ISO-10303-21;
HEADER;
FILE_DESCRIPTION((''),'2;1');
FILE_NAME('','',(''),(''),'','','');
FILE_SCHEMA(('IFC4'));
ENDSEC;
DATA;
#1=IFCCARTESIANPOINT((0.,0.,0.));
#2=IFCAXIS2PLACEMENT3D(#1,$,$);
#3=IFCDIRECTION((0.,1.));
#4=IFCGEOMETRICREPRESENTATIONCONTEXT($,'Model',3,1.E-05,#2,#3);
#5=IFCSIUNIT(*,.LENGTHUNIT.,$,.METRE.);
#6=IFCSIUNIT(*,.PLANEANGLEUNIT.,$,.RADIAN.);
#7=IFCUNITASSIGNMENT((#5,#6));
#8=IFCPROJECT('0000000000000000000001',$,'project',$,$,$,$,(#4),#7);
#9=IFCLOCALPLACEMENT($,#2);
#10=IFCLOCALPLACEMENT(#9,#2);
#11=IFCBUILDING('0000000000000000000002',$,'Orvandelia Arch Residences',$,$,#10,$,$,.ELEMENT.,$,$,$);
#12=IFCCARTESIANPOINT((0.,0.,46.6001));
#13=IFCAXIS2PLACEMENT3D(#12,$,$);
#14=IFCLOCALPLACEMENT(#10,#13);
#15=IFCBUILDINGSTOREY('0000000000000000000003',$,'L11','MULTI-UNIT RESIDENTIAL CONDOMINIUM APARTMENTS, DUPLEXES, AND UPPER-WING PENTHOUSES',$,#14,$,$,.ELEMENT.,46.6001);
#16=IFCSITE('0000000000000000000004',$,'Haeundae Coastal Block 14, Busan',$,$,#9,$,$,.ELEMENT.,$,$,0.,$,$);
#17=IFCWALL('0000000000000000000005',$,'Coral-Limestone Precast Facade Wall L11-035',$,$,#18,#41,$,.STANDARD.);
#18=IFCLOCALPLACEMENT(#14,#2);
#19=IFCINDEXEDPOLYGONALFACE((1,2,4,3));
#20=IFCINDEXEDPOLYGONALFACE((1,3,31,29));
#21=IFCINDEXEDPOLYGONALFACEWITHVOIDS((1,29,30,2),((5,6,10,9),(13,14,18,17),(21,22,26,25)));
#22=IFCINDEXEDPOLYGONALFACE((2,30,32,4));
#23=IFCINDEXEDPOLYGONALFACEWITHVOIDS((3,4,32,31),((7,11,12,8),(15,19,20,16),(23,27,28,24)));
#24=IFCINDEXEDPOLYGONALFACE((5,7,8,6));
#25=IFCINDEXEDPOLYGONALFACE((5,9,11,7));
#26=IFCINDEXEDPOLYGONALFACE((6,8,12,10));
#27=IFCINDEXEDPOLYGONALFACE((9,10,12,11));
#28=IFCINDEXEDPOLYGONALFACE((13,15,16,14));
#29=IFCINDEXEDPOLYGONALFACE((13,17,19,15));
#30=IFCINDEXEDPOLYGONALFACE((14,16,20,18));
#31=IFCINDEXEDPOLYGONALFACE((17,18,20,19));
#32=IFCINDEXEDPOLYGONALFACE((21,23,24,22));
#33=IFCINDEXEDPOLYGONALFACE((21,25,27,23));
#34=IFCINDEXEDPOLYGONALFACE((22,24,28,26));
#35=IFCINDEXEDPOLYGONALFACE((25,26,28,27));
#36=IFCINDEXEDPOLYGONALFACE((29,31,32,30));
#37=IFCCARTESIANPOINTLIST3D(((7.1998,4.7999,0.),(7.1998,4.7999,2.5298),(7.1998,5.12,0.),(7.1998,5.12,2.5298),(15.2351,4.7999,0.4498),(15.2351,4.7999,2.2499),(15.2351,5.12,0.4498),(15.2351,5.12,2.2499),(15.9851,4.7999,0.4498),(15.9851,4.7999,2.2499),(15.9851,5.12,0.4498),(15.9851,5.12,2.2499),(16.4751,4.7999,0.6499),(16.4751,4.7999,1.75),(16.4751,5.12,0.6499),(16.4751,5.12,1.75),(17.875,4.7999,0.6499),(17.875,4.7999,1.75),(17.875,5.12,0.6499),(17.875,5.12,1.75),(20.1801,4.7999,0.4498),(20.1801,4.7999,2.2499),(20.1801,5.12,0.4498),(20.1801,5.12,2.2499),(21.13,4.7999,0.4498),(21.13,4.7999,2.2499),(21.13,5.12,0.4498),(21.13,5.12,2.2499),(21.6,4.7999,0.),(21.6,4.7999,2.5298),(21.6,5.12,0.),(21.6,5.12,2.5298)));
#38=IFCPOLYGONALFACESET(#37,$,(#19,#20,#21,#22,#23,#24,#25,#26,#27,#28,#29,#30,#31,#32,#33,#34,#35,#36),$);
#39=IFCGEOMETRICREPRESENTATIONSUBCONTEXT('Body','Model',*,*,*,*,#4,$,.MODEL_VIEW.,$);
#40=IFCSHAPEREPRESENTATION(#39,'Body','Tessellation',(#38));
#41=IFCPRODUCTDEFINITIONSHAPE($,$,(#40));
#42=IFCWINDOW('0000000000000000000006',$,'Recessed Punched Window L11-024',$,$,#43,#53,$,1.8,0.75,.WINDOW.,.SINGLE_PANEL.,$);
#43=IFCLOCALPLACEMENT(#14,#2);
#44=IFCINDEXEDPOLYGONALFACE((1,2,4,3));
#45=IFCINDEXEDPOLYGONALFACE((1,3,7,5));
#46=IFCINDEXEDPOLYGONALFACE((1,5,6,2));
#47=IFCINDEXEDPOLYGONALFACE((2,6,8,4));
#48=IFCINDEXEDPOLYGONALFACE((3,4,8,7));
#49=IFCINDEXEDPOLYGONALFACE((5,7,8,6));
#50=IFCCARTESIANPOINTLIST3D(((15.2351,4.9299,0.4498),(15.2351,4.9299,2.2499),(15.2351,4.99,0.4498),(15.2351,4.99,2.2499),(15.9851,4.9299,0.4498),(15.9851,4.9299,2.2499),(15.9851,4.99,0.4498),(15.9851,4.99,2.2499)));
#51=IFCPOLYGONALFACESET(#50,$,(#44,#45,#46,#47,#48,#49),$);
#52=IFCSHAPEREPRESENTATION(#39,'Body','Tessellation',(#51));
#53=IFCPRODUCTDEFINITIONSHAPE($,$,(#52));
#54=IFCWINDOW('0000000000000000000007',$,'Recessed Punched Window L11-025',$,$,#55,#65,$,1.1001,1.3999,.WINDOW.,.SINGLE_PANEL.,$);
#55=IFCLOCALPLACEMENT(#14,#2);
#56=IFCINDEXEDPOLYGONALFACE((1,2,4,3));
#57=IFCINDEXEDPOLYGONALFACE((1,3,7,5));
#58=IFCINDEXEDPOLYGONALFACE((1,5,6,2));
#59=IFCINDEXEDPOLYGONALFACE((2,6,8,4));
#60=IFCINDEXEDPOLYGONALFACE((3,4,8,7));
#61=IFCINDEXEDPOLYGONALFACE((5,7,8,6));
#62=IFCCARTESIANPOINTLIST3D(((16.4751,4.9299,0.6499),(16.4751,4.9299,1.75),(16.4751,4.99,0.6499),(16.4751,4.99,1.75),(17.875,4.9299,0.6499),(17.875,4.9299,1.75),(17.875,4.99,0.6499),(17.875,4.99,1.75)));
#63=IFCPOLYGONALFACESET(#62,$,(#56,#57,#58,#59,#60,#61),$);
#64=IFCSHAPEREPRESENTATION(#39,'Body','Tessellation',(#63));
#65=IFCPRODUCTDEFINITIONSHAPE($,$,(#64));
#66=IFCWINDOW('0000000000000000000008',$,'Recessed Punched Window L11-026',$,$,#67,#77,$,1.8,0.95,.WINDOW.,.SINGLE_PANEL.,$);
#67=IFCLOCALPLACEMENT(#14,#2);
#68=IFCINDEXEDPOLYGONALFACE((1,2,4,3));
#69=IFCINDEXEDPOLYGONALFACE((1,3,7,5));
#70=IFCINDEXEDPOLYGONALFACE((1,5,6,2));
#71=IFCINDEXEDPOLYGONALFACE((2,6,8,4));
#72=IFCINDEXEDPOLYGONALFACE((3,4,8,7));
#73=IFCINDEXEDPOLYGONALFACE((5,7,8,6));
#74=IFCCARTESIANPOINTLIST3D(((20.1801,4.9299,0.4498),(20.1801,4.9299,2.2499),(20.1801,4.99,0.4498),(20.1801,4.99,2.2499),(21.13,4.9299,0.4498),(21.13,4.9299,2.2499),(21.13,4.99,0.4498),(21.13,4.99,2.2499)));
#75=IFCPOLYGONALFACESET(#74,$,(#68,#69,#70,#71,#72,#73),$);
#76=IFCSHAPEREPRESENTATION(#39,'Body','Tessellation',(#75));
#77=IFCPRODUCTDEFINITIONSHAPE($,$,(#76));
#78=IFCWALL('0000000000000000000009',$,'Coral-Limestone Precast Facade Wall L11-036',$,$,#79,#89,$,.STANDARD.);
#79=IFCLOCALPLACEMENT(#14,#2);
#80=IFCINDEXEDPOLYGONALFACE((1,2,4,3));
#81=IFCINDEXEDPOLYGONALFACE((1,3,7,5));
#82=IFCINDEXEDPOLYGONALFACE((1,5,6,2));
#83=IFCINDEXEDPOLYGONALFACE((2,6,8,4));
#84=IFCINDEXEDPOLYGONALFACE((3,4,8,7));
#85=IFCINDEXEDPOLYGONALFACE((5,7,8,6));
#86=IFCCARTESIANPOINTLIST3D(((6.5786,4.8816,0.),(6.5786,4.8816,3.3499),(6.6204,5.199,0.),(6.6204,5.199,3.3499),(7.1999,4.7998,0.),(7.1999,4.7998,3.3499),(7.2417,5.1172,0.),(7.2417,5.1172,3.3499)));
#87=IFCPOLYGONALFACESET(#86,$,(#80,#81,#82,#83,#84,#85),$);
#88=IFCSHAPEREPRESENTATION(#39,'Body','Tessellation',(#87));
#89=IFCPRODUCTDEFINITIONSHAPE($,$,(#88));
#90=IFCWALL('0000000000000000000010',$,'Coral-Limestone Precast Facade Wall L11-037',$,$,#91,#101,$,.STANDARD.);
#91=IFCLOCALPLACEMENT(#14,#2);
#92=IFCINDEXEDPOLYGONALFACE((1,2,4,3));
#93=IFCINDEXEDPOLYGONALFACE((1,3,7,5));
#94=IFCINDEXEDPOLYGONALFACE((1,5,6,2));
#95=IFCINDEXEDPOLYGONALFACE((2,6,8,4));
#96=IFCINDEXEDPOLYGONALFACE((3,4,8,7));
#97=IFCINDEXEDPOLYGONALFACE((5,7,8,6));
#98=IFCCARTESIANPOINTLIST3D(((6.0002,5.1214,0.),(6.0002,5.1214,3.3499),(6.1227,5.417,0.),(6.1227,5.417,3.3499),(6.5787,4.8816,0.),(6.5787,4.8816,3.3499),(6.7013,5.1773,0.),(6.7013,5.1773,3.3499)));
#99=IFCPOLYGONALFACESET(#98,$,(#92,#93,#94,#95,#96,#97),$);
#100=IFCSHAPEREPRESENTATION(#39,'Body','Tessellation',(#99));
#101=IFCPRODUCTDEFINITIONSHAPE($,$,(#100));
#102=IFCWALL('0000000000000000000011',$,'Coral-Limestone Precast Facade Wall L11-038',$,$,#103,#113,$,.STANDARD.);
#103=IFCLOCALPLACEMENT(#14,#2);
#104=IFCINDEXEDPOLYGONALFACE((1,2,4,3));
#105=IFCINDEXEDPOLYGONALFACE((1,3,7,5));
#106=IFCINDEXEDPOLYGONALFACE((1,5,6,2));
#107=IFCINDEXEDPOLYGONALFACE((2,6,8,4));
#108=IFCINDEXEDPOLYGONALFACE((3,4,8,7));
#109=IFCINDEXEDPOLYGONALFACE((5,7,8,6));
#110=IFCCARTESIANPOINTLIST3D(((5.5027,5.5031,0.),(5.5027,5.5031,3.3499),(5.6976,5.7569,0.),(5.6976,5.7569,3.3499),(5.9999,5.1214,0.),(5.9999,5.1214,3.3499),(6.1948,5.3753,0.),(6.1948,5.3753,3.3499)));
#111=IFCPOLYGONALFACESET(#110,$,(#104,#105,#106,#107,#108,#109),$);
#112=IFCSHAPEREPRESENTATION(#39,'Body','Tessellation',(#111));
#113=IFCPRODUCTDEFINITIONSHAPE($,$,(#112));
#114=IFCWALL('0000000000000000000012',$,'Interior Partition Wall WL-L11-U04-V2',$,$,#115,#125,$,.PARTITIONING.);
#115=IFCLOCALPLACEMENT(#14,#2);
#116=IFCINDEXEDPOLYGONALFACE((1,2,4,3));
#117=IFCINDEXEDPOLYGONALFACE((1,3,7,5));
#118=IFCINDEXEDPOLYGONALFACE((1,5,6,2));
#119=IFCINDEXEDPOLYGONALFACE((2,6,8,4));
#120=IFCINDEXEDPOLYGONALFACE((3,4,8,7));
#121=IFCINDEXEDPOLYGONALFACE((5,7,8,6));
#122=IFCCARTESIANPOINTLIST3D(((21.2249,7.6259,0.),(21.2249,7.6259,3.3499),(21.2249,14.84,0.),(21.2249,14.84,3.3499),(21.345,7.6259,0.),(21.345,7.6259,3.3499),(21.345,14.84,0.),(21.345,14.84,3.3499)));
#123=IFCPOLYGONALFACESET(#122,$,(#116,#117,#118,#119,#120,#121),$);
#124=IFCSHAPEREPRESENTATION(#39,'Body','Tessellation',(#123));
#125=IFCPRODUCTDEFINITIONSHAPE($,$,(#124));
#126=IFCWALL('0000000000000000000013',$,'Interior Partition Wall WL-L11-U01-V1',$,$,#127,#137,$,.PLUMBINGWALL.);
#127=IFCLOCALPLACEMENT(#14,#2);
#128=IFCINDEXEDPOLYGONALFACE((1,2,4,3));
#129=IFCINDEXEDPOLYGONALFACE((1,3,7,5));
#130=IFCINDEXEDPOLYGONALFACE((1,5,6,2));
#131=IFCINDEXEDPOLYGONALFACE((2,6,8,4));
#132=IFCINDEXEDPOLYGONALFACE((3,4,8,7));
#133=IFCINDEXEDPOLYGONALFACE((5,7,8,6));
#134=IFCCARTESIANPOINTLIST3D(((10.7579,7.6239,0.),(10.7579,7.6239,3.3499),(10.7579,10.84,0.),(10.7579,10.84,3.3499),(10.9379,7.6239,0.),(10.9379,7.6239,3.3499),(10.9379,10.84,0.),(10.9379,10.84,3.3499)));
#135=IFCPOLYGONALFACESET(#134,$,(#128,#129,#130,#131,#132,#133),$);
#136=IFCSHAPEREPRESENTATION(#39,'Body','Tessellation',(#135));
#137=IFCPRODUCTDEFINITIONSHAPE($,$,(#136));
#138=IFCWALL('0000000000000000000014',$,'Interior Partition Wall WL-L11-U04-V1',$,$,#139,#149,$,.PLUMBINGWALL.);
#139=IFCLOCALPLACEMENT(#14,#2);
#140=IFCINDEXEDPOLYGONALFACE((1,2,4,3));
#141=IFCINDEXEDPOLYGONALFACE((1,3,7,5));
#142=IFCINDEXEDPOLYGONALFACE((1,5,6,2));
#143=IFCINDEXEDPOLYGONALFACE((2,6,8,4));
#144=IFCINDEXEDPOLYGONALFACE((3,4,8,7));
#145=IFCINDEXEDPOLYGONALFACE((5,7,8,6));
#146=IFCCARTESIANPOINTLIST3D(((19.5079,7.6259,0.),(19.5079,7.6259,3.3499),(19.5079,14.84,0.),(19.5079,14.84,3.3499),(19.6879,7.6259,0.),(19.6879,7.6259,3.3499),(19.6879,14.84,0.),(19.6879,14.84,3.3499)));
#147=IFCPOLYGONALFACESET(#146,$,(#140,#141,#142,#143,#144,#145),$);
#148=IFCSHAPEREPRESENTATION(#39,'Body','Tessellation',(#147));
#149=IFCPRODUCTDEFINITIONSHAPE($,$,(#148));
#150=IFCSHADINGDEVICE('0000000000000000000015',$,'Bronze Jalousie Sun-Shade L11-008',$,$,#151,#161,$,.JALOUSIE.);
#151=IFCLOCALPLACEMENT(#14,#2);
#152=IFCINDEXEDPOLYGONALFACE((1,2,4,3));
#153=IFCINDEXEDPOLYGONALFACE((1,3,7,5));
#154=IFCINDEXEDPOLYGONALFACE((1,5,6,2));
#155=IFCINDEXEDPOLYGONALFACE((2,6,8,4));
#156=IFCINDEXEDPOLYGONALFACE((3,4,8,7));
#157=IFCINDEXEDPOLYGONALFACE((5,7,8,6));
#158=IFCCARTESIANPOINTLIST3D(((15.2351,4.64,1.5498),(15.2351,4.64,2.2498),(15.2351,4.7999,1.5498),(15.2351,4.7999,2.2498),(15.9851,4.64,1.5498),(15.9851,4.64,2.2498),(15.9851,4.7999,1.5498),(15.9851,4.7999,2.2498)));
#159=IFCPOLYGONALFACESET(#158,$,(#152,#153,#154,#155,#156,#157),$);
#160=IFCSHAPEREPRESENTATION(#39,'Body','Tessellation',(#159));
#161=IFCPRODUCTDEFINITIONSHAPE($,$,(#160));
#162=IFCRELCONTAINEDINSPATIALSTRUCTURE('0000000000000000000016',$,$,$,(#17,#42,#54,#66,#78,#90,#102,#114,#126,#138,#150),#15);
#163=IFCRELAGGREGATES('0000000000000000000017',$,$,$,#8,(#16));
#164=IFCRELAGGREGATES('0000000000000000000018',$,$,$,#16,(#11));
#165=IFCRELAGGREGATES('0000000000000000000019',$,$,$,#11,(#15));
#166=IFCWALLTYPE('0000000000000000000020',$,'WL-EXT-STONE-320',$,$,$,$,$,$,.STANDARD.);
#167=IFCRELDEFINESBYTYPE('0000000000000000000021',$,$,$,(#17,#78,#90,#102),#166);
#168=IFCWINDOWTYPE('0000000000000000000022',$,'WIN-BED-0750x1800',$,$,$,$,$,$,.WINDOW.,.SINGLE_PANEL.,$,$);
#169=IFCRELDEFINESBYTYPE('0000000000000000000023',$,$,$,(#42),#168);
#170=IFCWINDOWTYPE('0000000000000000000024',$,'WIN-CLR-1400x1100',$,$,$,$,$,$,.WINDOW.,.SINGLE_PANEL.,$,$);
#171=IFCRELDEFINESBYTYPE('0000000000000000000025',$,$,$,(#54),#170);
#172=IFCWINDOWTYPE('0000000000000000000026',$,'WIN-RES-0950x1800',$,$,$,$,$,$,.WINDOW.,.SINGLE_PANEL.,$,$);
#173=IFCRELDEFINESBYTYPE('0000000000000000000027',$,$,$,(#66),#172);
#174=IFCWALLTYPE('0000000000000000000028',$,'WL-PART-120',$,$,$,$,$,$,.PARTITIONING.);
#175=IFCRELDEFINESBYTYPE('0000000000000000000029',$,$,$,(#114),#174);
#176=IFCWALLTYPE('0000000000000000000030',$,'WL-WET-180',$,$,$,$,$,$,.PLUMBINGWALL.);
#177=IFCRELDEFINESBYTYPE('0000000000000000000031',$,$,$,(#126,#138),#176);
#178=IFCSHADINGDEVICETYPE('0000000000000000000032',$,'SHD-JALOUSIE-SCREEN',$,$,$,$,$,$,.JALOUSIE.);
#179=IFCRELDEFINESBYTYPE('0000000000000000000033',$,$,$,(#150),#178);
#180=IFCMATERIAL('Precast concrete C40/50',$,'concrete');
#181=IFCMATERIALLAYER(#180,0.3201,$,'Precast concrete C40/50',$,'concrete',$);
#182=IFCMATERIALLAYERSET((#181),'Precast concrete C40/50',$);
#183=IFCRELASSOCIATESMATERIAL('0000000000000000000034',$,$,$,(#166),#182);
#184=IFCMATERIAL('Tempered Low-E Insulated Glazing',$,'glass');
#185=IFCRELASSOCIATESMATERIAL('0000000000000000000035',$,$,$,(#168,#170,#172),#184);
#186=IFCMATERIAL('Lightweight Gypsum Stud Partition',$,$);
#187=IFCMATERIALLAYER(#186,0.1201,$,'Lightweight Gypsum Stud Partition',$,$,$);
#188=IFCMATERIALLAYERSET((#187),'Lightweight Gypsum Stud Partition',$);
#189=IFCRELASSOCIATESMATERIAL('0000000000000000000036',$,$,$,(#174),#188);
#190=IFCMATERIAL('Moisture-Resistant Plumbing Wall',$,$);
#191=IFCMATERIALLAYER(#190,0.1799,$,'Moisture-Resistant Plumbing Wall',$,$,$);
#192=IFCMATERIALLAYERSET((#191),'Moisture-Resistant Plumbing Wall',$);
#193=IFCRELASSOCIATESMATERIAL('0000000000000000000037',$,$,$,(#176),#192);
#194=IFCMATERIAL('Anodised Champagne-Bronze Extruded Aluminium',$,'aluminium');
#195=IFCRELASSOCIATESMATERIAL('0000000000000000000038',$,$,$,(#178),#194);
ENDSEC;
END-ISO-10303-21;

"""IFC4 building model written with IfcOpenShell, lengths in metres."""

from ifc_helpers import new_model, si_unit, direction, frame, frame_2d, origin, origin_2d, place, context, subcontext, project, spatial, rectangle, extrude, material, layer, layer_set, type_object, element, fill, save


model = new_model("IFC4")

# Units and contexts
model_context = context("Model", 3, precision=1e-05, world=origin(), true_north=direction((0.0, 1.0)))
body_context = subcontext(model_context, "Body", "Model", "MODEL_VIEW")
ifc_project = project(units=[si_unit("LENGTHUNIT", "METRE"), si_unit("PLANEANGLEUNIT", "RADIAN")], contexts=[model_context])

# Site, building, storey
site_placement = place(None, origin())
site = spatial("IfcSite", under=ifc_project, at=site_placement, Name="Haeundae Coastal Block 14, Busan", CompositionType="ELEMENT", RefElevation=0.0)
building_placement = place(site_placement, origin())
building = spatial("IfcBuilding", under=site, at=building_placement, Name="Orvandelia Arch Residences", CompositionType="ELEMENT")
storey_placement = place(building_placement, frame((0.0, 0.0, 46.6001)))
storey = spatial("IfcBuildingStorey", under=building, at=storey_placement, Name="L11", Description="MULTI-UNIT RESIDENTIAL CONDOMINIUM APARTMENTS, DUPLEXES, AND UPPER-WING PENTHOUSES", CompositionType="ELEMENT", Elevation=46.6001)

# Shared definitions
ifc_material_1 = material(Name="Precast concrete C40/50", Category="concrete")
ifc_layer_1 = layer(ifc_material_1, 0.3201, Name="Precast concrete C40/50", Category="concrete")
ifc_layer_set_1 = layer_set([ifc_layer_1], Name="Precast concrete C40/50")
wall_type_1 = type_object("IfcWallType", Name="WL-EXT-STONE-320", PredefinedType="STANDARD", material=ifc_layer_set_1)

# Wall, openings, windows
wall_1_placement = place(storey_placement, frame((21.6001, 4.96, 0.0), z_axis=(0.0, 0.0, 1.0), x_axis=(-1.0, 0.0, 0.0)))
wall_1 = element("IfcWall", 1, at=wall_1_placement, inside=storey, type_object=wall_type_1, Name="Coral-Limestone Precast Facade Wall L11-035", PredefinedType="STANDARD", context=body_context, shape_type="SweptSolid", body=[
    extrude(rectangle(XDim=14.4001, YDim=0.3201, at=frame_2d((7.2002, 0.0))), origin(), (0.0, 0.0, 1.0), 2.5298),
])
opening_1_placement = place(wall_1_placement, frame((5.615, 0.0, 0.45)))
opening_1 = element("IfcOpeningElement", 2, at=opening_1_placement, cuts=wall_1, PredefinedType="OPENING", context=body_context, shape_type="SweptSolid", body=[
    extrude(rectangle(XDim=0.75, YDim=1.8, at=frame_2d((0.375, 0.8999))), frame((0.0, 0.1699, 0.0), z_axis=(0.0, -1.0, 0.0), x_axis=(1.0, 0.0, 0.0)), (0.0, 0.0, 1.0), 0.3401),
])
opening_2_placement = place(wall_1_placement, frame((3.7251, 0.0, 0.6499)))
opening_2 = element("IfcOpeningElement", 3, at=opening_2_placement, cuts=wall_1, PredefinedType="OPENING", context=body_context, shape_type="SweptSolid", body=[
    extrude(rectangle(XDim=1.3999, YDim=1.1001, at=frame_2d((0.7, 0.55))), frame((0.0, 0.1699, 0.0), z_axis=(0.0, -1.0, 0.0), x_axis=(1.0, 0.0, 0.0)), (0.0, 0.0, 1.0), 0.3401),
])
opening_3_placement = place(wall_1_placement, frame((0.47, 0.0, 0.45)))
opening_3 = element("IfcOpeningElement", 4, at=opening_3_placement, cuts=wall_1, PredefinedType="OPENING", context=body_context, shape_type="SweptSolid", body=[
    extrude(rectangle(XDim=0.95, YDim=1.8, at=frame_2d((0.4751, 0.8999))), frame((0.0, 0.1699, 0.0), z_axis=(0.0, -1.0, 0.0), x_axis=(1.0, 0.0, 0.0)), (0.0, 0.0, 1.0), 0.3401),
])
ifc_material_2 = material(Name="Tempered Low-E Insulated Glazing", Category="glass")
window_type_1 = type_object("IfcWindowType", Name="WIN-BED-0750x1800", PartitioningType="SINGLE_PANEL", PredefinedType="WINDOW", material=ifc_material_2)
window_1_placement = place(opening_1_placement, origin())
window_1 = element("IfcWindow", 5, at=window_1_placement, inside=storey, type_object=window_type_1, Name="Recessed Punched Window L11-024", OverallHeight=1.8, OverallWidth=0.75, PartitioningType="SINGLE_PANEL", PredefinedType="WINDOW", context=body_context, shape_type="SweptSolid", body=[
    extrude(rectangle(XDim=0.75, YDim=1.8, at=frame_2d((0.375, 0.8999))), frame((0.0, 0.03, 0.0), z_axis=(0.0, -1.0, 0.0), x_axis=(1.0, 0.0, 0.0)), (0.0, 0.0, 1.0), 0.0601),
])
fill(opening_1, window_1)
window_type_2 = type_object("IfcWindowType", Name="WIN-CLR-1400x1100", PartitioningType="SINGLE_PANEL", PredefinedType="WINDOW", material=ifc_material_2)
window_2_placement = place(opening_2_placement, origin())
window_2 = element("IfcWindow", 6, at=window_2_placement, inside=storey, type_object=window_type_2, Name="Recessed Punched Window L11-025", OverallHeight=1.1001, OverallWidth=1.3999, PartitioningType="SINGLE_PANEL", PredefinedType="WINDOW", context=body_context, shape_type="SweptSolid", body=[
    extrude(rectangle(XDim=1.3999, YDim=1.1001, at=frame_2d((0.7, 0.55))), frame((0.0, 0.03, 0.0), z_axis=(0.0, -1.0, 0.0), x_axis=(1.0, 0.0, 0.0)), (0.0, 0.0, 1.0), 0.0601),
])
fill(opening_2, window_2)
window_type_3 = type_object("IfcWindowType", Name="WIN-RES-0950x1800", PartitioningType="SINGLE_PANEL", PredefinedType="WINDOW", material=ifc_material_2)
window_3_placement = place(opening_3_placement, origin())
window_3 = element("IfcWindow", 7, at=window_3_placement, inside=storey, type_object=window_type_3, Name="Recessed Punched Window L11-026", OverallHeight=1.8, OverallWidth=0.95, PartitioningType="SINGLE_PANEL", PredefinedType="WINDOW", context=body_context, shape_type="SweptSolid", body=[
    extrude(rectangle(XDim=0.95, YDim=1.8, at=frame_2d((0.4751, 0.8999))), frame((0.0, 0.03, 0.0), z_axis=(0.0, -1.0, 0.0), x_axis=(1.0, 0.0, 0.0)), (0.0, 0.0, 1.0), 0.0601),
])
fill(opening_3, window_3)

# Walls
wall_2_placement = place(storey_placement, frame((7.2209, 4.9585, 0.0), z_axis=(0.0, 0.0, 1.0), x_axis=(-0.991448, 0.130505, 0.0)))
element("IfcWall", 8, at=wall_2_placement, inside=storey, type_object=wall_type_1, Name="Coral-Limestone Precast Facade Wall L11-036", PredefinedType="STANDARD", context=body_context, shape_type="SweptSolid", body=[
    extrude(rectangle(XDim=0.6267, YDim=0.3201, at=frame_2d((0.3135, 0.0))), origin(), (0.0, 0.0, 1.0), 3.3499),
])
wall_3_placement = place(storey_placement, frame((6.6399, 5.0295, 0.0), z_axis=(0.0, 0.0, 1.0), x_axis=(-0.923836, 0.382788, 0.0)))
element("IfcWall", 9, at=wall_3_placement, inside=storey, type_object=wall_type_1, Name="Coral-Limestone Precast Facade Wall L11-037", PredefinedType="STANDARD", context=body_context, shape_type="SweptSolid", body=[
    extrude(rectangle(XDim=0.6262, YDim=0.3201, at=frame_2d((0.313, 0.0))), origin(), (0.0, 0.0, 1.0), 3.3499),
])
wall_4_placement = place(storey_placement, frame((6.0974, 5.2483, 0.0), z_axis=(0.0, 0.0, 1.0), x_axis=(-0.793217, 0.608939, 0.0)))
element("IfcWall", 10, at=wall_4_placement, inside=storey, type_object=wall_type_1, Name="Coral-Limestone Precast Facade Wall L11-038", PredefinedType="STANDARD", context=body_context, shape_type="SweptSolid", body=[
    extrude(rectangle(XDim=0.6267, YDim=0.3201, at=frame_2d((0.3135, 0.0))), origin(), (0.0, 0.0, 1.0), 3.3499),
])
ifc_material_3 = material(Name="Lightweight Gypsum Stud Partition")
ifc_layer_2 = layer(ifc_material_3, 0.1201, Name="Lightweight Gypsum Stud Partition")
ifc_layer_set_2 = layer_set([ifc_layer_2], Name="Lightweight Gypsum Stud Partition")
wall_type_2 = type_object("IfcWallType", Name="WL-PART-120", PredefinedType="PARTITIONING", material=ifc_layer_set_2)
wall_5_placement = place(storey_placement, frame((21.2849, 7.626, 0.0), z_axis=(0.0, 0.0, 1.0), x_axis=(0.0, 1.0, 0.0)))
element("IfcWall", 11, at=wall_5_placement, inside=storey, type_object=wall_type_2, Name="Interior Partition Wall WL-L11-U04-V2", PredefinedType="PARTITIONING", context=body_context, shape_type="SweptSolid", body=[
    extrude(rectangle(XDim=7.2141, YDim=0.1201, at=frame_2d((3.6069, 0.0))), origin(), (0.0, 0.0, 1.0), 3.3499),
])
ifc_material_4 = material(Name="Moisture-Resistant Plumbing Wall")
ifc_layer_3 = layer(ifc_material_4, 0.1799, Name="Moisture-Resistant Plumbing Wall")
ifc_layer_set_3 = layer_set([ifc_layer_3], Name="Moisture-Resistant Plumbing Wall")
wall_type_3 = type_object("IfcWallType", Name="WL-WET-180", PredefinedType="PLUMBINGWALL", material=ifc_layer_set_3)
wall_6_placement = place(storey_placement, frame((10.8479, 7.624, 0.0), z_axis=(0.0, 0.0, 1.0), x_axis=(0.0, 1.0, 0.0)))
element("IfcWall", 12, at=wall_6_placement, inside=storey, type_object=wall_type_3, Name="Interior Partition Wall WL-L11-U01-V1", PredefinedType="PLUMBINGWALL", context=body_context, shape_type="SweptSolid", body=[
    extrude(rectangle(XDim=3.2161, YDim=0.1799, at=frame_2d((1.6079, 0.0))), origin(), (0.0, 0.0, 1.0), 3.3499),
])

# Wall
wall_7_placement = place(storey_placement, frame((19.5979, 7.626, 0.0), z_axis=(0.0, 0.0, 1.0), x_axis=(0.0, 1.0, 0.0)))
element("IfcWall", 13, at=wall_7_placement, inside=storey, type_object=wall_type_3, Name="Interior Partition Wall WL-L11-U04-V1", PredefinedType="PLUMBINGWALL", context=body_context, shape_type="SweptSolid", body=[
    extrude(rectangle(XDim=7.2141, YDim=0.1799, at=frame_2d((3.6069, 0.0))), origin(), (0.0, 0.0, 1.0), 3.3499),
])

# Shading device
ifc_material_5 = material(Name="Anodised Champagne-Bronze Extruded Aluminium", Category="aluminium")
shading_device_type = type_object("IfcShadingDeviceType", Name="SHD-JALOUSIE-SCREEN", PredefinedType="JALOUSIE", material=ifc_material_5)
shading_device_placement = place(storey_placement, frame((15.6101, 4.72, 1.5498), z_axis=(0.0, 0.0, 1.0), x_axis=(-1.0, 0.0, 0.0)))
element("IfcShadingDevice", 14, at=shading_device_placement, inside=storey, type_object=shading_device_type, Name="Bronze Jalousie Sun-Shade L11-008", PredefinedType="JALOUSIE", context=body_context, shape_type="SweptSolid", body=[
    extrude(rectangle(XDim=0.75, YDim=0.1599, at=origin_2d()), origin(), (0.0, 0.0, 1.0), 0.7),
])

save(model, "model.ifc")
